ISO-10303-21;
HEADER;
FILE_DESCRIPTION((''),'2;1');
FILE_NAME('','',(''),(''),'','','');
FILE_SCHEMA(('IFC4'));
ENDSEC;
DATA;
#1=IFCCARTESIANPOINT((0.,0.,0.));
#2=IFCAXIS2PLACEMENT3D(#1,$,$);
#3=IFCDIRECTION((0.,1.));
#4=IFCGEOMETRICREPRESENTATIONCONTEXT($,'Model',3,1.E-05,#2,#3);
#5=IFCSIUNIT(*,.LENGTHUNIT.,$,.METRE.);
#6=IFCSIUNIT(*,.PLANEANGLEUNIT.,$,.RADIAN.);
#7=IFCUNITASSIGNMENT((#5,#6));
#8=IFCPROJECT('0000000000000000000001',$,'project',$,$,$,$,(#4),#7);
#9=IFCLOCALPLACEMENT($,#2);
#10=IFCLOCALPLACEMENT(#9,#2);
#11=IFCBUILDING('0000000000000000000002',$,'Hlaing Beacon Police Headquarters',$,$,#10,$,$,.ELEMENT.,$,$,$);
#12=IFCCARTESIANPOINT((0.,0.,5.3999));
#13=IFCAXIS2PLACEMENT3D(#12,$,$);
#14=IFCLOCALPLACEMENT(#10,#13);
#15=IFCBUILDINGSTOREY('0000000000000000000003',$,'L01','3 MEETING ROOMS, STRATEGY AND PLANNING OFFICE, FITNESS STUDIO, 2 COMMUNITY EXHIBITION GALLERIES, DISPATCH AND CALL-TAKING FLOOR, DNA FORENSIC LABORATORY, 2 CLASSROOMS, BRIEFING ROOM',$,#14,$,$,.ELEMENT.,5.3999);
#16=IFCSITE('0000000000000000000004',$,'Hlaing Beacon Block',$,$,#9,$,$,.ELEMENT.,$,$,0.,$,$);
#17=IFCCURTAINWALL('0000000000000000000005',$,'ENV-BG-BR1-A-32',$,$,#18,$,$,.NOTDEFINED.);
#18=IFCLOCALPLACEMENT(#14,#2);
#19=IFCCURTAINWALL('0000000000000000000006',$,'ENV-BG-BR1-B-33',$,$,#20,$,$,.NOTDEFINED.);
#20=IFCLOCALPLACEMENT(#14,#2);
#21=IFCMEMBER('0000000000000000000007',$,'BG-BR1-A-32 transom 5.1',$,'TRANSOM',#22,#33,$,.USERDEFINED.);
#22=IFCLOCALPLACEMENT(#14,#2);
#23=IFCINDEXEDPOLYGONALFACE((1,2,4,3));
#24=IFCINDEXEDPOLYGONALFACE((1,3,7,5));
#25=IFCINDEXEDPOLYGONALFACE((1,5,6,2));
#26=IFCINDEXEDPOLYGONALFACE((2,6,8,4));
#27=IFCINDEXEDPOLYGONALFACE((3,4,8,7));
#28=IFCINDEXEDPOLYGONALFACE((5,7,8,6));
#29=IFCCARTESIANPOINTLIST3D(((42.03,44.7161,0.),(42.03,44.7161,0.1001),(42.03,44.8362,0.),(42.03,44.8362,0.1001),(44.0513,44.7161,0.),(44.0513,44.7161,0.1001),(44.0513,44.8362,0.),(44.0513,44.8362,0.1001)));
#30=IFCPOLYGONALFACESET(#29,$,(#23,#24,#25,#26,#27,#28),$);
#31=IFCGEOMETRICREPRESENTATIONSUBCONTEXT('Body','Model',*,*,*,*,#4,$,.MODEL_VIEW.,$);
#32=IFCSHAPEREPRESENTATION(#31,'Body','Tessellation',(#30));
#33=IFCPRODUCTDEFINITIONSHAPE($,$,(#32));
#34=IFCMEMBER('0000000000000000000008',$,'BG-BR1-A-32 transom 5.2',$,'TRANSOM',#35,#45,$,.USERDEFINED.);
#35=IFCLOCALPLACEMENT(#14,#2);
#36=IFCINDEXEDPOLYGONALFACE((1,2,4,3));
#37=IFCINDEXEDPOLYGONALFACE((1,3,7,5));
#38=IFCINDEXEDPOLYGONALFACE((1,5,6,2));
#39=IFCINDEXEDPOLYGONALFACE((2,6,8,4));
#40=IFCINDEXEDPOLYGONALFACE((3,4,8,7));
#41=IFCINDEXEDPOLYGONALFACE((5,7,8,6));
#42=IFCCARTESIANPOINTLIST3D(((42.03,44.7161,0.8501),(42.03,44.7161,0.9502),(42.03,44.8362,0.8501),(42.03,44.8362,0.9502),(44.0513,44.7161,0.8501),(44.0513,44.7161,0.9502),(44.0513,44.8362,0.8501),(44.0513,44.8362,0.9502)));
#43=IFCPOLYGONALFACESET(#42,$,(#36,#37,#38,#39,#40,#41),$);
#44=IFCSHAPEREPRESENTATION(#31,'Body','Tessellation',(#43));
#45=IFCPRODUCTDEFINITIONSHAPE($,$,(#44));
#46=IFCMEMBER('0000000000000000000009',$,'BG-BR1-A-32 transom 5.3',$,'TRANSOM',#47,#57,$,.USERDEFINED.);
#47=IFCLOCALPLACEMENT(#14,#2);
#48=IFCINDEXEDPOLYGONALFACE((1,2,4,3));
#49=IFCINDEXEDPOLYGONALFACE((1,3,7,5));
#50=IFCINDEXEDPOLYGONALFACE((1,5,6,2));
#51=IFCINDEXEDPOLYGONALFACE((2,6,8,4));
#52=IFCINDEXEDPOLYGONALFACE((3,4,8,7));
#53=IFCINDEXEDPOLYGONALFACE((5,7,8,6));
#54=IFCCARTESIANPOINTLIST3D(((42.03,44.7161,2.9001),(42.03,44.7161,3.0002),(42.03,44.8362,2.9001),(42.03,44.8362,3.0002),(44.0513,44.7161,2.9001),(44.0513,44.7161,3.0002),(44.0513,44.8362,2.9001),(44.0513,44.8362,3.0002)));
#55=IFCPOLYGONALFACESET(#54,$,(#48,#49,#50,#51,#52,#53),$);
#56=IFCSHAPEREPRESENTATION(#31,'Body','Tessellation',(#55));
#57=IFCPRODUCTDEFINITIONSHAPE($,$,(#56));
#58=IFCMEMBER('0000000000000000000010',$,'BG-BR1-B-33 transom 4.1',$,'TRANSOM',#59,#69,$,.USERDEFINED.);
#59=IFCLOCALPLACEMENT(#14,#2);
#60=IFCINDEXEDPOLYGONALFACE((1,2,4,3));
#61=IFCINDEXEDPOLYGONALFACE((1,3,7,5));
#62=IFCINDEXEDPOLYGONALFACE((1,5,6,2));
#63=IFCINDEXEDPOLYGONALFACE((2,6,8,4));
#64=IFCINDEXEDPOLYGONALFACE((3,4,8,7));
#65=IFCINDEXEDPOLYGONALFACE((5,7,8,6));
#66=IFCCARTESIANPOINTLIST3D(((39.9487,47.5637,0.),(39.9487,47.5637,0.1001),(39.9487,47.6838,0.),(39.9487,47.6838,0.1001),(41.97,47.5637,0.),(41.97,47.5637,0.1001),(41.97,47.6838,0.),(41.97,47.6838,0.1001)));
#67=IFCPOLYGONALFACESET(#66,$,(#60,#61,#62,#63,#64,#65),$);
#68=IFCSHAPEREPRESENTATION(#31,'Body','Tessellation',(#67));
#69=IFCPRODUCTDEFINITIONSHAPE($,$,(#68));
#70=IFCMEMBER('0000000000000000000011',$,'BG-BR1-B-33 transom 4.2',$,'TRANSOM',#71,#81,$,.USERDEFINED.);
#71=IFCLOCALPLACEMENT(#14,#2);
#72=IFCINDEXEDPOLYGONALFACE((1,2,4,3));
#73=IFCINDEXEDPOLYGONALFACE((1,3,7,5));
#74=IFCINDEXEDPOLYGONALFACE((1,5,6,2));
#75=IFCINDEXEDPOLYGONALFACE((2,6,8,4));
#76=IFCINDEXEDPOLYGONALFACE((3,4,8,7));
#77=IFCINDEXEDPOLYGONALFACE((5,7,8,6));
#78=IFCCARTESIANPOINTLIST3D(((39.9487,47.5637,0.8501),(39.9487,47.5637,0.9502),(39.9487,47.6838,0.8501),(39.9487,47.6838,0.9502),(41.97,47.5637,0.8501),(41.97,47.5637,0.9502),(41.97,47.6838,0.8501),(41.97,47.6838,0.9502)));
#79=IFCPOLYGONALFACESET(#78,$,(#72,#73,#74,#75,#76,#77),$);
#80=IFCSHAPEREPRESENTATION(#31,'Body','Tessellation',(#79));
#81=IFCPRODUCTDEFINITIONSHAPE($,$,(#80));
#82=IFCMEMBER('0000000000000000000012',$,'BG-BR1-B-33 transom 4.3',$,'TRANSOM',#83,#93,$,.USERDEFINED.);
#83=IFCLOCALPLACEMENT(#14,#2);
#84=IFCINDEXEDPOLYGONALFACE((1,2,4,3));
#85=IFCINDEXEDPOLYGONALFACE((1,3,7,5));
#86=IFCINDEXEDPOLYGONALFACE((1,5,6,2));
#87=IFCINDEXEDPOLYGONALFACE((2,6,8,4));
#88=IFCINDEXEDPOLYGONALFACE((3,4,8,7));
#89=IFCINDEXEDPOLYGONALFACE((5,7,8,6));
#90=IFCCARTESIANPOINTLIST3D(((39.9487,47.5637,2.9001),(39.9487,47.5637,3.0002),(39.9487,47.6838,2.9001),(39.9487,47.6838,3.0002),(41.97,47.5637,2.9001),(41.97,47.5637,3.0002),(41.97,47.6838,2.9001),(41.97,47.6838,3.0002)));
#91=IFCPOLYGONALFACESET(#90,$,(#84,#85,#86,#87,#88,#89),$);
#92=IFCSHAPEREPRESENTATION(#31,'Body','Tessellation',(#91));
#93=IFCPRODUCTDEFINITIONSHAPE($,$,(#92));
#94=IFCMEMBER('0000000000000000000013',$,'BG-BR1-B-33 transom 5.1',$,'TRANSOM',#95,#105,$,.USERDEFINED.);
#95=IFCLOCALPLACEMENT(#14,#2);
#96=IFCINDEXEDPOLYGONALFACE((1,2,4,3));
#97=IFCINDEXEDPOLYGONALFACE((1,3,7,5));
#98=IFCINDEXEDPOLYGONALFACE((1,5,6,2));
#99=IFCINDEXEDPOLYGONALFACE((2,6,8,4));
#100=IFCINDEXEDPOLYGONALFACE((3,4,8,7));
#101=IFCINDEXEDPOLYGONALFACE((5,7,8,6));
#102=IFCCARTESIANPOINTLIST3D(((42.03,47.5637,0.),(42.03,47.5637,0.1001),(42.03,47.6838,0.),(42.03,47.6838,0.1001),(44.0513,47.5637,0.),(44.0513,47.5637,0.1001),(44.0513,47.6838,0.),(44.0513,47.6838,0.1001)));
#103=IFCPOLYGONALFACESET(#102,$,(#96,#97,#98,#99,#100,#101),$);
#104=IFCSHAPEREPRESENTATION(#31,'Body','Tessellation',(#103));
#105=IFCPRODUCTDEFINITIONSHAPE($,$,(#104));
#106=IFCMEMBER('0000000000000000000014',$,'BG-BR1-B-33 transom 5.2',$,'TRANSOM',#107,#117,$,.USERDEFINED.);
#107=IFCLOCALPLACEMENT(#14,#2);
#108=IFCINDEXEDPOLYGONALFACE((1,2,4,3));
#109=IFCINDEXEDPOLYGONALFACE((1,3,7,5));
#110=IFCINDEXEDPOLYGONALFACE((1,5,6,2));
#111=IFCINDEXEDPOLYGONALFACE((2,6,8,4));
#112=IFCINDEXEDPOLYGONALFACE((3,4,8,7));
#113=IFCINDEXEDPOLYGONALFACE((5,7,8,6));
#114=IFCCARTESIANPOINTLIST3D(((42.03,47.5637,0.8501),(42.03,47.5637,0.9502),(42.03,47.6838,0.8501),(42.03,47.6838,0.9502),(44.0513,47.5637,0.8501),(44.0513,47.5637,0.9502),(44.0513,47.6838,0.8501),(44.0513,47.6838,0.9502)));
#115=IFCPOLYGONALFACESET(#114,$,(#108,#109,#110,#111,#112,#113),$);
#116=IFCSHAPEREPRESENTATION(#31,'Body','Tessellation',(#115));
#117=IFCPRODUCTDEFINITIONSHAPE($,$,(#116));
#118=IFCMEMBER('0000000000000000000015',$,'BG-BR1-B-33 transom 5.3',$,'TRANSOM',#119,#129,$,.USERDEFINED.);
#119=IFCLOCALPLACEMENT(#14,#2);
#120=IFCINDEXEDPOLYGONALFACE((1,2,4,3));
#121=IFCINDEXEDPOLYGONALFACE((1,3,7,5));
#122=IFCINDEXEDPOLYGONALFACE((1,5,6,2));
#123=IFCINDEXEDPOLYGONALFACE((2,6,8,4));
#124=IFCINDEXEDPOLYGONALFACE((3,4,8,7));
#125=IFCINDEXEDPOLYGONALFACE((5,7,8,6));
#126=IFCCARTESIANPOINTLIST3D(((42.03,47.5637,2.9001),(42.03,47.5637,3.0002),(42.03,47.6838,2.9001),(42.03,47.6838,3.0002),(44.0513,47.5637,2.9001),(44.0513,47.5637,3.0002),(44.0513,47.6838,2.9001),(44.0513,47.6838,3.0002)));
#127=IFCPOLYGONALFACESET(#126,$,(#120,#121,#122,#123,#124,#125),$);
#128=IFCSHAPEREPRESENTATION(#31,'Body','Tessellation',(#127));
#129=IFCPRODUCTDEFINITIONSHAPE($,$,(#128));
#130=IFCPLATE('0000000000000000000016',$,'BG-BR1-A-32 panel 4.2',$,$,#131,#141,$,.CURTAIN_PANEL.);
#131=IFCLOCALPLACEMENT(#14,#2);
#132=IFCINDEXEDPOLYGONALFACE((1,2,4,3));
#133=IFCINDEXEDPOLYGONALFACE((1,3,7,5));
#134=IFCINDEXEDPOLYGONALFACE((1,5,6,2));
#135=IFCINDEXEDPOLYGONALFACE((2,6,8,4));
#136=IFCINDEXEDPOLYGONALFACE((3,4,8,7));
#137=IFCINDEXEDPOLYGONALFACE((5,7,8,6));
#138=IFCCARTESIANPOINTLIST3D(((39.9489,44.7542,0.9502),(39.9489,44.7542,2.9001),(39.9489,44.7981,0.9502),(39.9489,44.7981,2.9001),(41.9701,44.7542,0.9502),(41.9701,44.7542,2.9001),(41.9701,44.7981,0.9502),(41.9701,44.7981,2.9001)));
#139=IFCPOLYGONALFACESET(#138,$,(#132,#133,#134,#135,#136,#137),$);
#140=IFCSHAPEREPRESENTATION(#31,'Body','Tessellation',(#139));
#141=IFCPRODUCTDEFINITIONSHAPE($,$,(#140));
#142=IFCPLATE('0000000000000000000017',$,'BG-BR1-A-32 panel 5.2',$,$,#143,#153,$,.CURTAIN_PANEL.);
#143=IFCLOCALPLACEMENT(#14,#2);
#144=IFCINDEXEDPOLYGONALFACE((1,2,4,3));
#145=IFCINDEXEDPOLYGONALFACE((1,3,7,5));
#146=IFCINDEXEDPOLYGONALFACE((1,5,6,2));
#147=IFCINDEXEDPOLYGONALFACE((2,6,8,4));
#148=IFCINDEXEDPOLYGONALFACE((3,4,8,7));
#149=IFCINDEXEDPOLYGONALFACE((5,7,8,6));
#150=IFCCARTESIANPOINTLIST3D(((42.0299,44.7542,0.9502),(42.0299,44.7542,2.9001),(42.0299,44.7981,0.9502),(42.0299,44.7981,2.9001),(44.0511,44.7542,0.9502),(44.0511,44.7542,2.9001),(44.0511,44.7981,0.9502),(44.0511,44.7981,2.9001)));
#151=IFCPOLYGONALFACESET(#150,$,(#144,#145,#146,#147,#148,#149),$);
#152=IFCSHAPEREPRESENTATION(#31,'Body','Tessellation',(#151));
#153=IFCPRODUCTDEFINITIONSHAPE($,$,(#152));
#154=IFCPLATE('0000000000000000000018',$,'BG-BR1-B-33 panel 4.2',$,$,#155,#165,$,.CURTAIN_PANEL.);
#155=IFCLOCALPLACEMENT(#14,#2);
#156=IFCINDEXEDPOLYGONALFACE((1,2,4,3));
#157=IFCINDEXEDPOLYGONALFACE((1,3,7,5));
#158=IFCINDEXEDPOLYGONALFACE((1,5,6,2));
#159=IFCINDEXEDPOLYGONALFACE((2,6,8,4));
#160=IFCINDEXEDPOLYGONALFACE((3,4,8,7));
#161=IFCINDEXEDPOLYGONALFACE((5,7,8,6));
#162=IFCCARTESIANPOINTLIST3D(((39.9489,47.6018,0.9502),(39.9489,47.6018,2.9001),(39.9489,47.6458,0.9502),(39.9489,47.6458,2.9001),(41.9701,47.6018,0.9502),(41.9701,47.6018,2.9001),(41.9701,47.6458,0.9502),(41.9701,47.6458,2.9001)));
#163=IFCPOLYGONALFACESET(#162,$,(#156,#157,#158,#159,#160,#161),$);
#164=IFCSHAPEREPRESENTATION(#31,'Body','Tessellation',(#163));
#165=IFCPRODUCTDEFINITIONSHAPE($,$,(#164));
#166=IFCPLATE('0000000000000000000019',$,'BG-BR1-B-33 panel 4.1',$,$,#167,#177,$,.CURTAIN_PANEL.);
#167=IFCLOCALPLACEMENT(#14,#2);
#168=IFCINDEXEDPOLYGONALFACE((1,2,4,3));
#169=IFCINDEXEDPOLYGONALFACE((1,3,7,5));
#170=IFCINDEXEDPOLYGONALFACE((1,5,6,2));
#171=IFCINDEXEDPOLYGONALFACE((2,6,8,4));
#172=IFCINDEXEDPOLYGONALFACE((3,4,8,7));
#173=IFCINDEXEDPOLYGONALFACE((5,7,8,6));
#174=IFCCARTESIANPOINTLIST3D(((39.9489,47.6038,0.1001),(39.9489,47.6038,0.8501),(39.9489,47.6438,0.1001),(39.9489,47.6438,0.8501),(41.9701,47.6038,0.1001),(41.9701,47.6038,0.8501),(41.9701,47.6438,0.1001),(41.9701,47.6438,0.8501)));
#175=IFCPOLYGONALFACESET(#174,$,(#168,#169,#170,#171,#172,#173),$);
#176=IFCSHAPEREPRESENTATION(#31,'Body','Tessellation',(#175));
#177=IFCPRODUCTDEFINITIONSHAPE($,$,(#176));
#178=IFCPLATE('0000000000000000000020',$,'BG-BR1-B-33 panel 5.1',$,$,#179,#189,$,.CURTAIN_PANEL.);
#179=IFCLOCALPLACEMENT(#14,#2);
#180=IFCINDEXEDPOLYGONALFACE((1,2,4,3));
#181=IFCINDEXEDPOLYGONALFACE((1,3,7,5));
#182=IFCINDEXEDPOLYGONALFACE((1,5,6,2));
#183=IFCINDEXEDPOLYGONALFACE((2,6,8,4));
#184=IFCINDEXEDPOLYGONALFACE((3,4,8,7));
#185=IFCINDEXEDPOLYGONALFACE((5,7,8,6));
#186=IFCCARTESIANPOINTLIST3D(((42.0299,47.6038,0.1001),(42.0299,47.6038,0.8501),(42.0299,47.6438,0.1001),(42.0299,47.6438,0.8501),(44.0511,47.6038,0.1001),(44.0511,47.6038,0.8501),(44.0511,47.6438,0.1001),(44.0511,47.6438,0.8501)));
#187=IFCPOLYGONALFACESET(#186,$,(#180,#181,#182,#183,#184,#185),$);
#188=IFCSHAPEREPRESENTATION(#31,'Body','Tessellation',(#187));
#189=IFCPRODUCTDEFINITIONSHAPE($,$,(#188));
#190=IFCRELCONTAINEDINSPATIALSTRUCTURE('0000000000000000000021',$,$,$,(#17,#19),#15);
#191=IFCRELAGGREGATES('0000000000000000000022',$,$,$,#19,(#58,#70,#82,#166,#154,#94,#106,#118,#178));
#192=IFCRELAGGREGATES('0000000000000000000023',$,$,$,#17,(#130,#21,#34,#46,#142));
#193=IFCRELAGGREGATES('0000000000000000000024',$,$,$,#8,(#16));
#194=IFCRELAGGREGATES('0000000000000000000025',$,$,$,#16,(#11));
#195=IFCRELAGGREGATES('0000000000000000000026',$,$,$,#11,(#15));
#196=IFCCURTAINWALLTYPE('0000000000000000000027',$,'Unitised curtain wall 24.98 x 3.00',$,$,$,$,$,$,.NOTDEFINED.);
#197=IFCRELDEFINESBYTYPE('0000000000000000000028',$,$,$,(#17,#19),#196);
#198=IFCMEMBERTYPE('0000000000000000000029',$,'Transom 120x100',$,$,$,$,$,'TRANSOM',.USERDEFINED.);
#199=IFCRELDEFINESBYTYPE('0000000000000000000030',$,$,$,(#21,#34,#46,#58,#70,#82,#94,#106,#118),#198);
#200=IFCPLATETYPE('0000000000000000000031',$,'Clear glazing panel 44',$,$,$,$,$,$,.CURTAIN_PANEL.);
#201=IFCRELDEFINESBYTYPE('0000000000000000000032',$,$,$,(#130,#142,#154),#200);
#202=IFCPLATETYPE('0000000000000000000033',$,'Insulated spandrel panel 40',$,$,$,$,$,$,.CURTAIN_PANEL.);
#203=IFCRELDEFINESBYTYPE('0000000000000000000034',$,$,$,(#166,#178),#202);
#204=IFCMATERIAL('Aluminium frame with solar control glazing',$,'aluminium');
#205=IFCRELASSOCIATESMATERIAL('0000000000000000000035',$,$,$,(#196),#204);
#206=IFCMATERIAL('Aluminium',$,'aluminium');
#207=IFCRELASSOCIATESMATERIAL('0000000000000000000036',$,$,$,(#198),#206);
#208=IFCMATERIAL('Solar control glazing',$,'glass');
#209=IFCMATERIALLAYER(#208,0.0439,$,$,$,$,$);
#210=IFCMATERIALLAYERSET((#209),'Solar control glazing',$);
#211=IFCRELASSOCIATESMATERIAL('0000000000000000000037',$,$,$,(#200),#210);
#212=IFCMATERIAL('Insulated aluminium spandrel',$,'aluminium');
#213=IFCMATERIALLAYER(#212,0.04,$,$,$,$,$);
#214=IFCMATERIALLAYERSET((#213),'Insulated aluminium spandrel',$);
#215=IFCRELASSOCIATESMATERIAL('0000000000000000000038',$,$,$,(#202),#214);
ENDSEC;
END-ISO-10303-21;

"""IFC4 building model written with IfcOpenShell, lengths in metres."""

from ifc_helpers import new_model, si_unit, direction, frame, origin, origin_2d, place, context, subcontext, project, spatial, rectangle, extrude, material, layer, layer_set, material_profile, profile_set, type_object, element, aggregate, save


model = new_model("IFC4")

# Units and contexts
model_context = context("Model", 3, precision=1e-05, world=origin(), true_north=direction((0.0, 1.0)))
body_context = subcontext(model_context, "Body", "Model", "MODEL_VIEW")
ifc_project = project(units=[si_unit("LENGTHUNIT", "METRE"), si_unit("PLANEANGLEUNIT", "RADIAN")], contexts=[model_context])

# Site, building, storey
site_placement = place(None, origin())
site = spatial("IfcSite", under=ifc_project, at=site_placement, Name="Hlaing Beacon Block", CompositionType="ELEMENT", RefElevation=0.0)
building_placement = place(site_placement, origin())
building = spatial("IfcBuilding", under=site, at=building_placement, Name="Hlaing Beacon Police Headquarters", CompositionType="ELEMENT")
storey_placement = place(building_placement, frame((0.0, 0.0, 5.3999)))
storey = spatial("IfcBuildingStorey", under=building, at=storey_placement, Name="L01", Description="3 MEETING ROOMS, STRATEGY AND PLANNING OFFICE, FITNESS STUDIO, 2 COMMUNITY EXHIBITION GALLERIES, DISPATCH AND CALL-TAKING FLOOR, DNA FORENSIC LABORATORY, 2 CLASSROOMS, BRIEFING ROOM", CompositionType="ELEMENT", Elevation=5.3999)

# Curtain walls
ifc_material_1 = material(Name="Aluminium frame with solar control glazing", Category="aluminium")
curtain_wall_type = type_object("IfcCurtainWallType", Name="Unitised curtain wall 24.98 x 3.00", PredefinedType="NOTDEFINED", material=ifc_material_1)
curtain_wall_1_placement = place(storey_placement, origin())
curtain_wall_1 = element("IfcCurtainWall", 1, at=curtain_wall_1_placement, inside=storey, type_object=curtain_wall_type, Name="ENV-BG-BR1-A-32", PredefinedType="NOTDEFINED")
curtain_wall_2_placement = place(storey_placement, origin())
curtain_wall_2 = element("IfcCurtainWall", 2, at=curtain_wall_2_placement, inside=storey, type_object=curtain_wall_type, Name="ENV-BG-BR1-B-33", PredefinedType="NOTDEFINED")

# Members
ifc_material_2 = material(Name="Aluminium", Category="aluminium")
ifc_material_profile_1 = material_profile(ifc_material_2, rectangle(XDim=0.1201, YDim=0.1001, at=origin_2d()), Name="Transom 120x100")
ifc_profile_set_1 = profile_set([ifc_material_profile_1], Name="Aluminium")
member_type_1 = type_object("IfcMemberType", Name="Transom 120x100", ElementType="TRANSOM", PredefinedType="USERDEFINED", material=ifc_profile_set_1)
member_1_placement = place(storey_placement, frame((42.03, 44.7761, 0.05), z_axis=(1.0, 0.0, 0.0), x_axis=(0.0, 1.0, 0.0)))
member_1 = element("IfcMember", 3, at=member_1_placement, type_object=member_type_1, Name="BG-BR1-A-32 transom 5.1", ObjectType="TRANSOM", PredefinedType="USERDEFINED", context=body_context, shape_type="SweptSolid", body=[
    extrude(rectangle(XDim=0.1201, YDim=0.1001, at=origin_2d()), origin(), (0.0, 0.0, 1.0), 2.0212),
])
member_2_placement = place(storey_placement, frame((42.03, 44.7761, 0.9001), z_axis=(1.0, 0.0, 0.0), x_axis=(0.0, 1.0, 0.0)))
member_2 = element("IfcMember", 4, at=member_2_placement, type_object=member_type_1, Name="BG-BR1-A-32 transom 5.2", ObjectType="TRANSOM", PredefinedType="USERDEFINED", context=body_context, shape_type="SweptSolid", body=[
    extrude(rectangle(XDim=0.1201, YDim=0.1001, at=origin_2d()), origin(), (0.0, 0.0, 1.0), 2.0212),
])
member_3_placement = place(storey_placement, frame((42.03, 44.7761, 2.9502), z_axis=(1.0, 0.0, 0.0), x_axis=(0.0, 1.0, 0.0)))
member_3 = element("IfcMember", 5, at=member_3_placement, type_object=member_type_1, Name="BG-BR1-A-32 transom 5.3", ObjectType="TRANSOM", PredefinedType="USERDEFINED", context=body_context, shape_type="SweptSolid", body=[
    extrude(rectangle(XDim=0.1201, YDim=0.1001, at=origin_2d()), origin(), (0.0, 0.0, 1.0), 2.0212),
])
member_4_placement = place(storey_placement, frame((39.9487, 47.6238, 0.05), z_axis=(1.0, 0.0, 0.0), x_axis=(0.0, 1.0, 0.0)))
member_4 = element("IfcMember", 6, at=member_4_placement, type_object=member_type_1, Name="BG-BR1-B-33 transom 4.1", ObjectType="TRANSOM", PredefinedType="USERDEFINED", context=body_context, shape_type="SweptSolid", body=[
    extrude(rectangle(XDim=0.1201, YDim=0.1001, at=origin_2d()), origin(), (0.0, 0.0, 1.0), 2.0212),
])
member_5_placement = place(storey_placement, frame((39.9487, 47.6238, 0.9001), z_axis=(1.0, 0.0, 0.0), x_axis=(0.0, 1.0, 0.0)))
member_5 = element("IfcMember", 7, at=member_5_placement, type_object=member_type_1, Name="BG-BR1-B-33 transom 4.2", ObjectType="TRANSOM", PredefinedType="USERDEFINED", context=body_context, shape_type="SweptSolid", body=[
    extrude(rectangle(XDim=0.1201, YDim=0.1001, at=origin_2d()), origin(), (0.0, 0.0, 1.0), 2.0212),
])
member_6_placement = place(storey_placement, frame((39.9487, 47.6238, 2.9502), z_axis=(1.0, 0.0, 0.0), x_axis=(0.0, 1.0, 0.0)))
member_6 = element("IfcMember", 8, at=member_6_placement, type_object=member_type_1, Name="BG-BR1-B-33 transom 4.3", ObjectType="TRANSOM", PredefinedType="USERDEFINED", context=body_context, shape_type="SweptSolid", body=[
    extrude(rectangle(XDim=0.1201, YDim=0.1001, at=origin_2d()), origin(), (0.0, 0.0, 1.0), 2.0212),
])
member_7_placement = place(storey_placement, frame((42.03, 47.6238, 0.05), z_axis=(1.0, 0.0, 0.0), x_axis=(0.0, 1.0, 0.0)))
member_7 = element("IfcMember", 9, at=member_7_placement, type_object=member_type_1, Name="BG-BR1-B-33 transom 5.1", ObjectType="TRANSOM", PredefinedType="USERDEFINED", context=body_context, shape_type="SweptSolid", body=[
    extrude(rectangle(XDim=0.1201, YDim=0.1001, at=origin_2d()), origin(), (0.0, 0.0, 1.0), 2.0212),
])
member_8_placement = place(storey_placement, frame((42.03, 47.6238, 0.9001), z_axis=(1.0, 0.0, 0.0), x_axis=(0.0, 1.0, 0.0)))
member_8 = element("IfcMember", 10, at=member_8_placement, type_object=member_type_1, Name="BG-BR1-B-33 transom 5.2", ObjectType="TRANSOM", PredefinedType="USERDEFINED", context=body_context, shape_type="SweptSolid", body=[
    extrude(rectangle(XDim=0.1201, YDim=0.1001, at=origin_2d()), origin(), (0.0, 0.0, 1.0), 2.0212),
])
member_9_placement = place(storey_placement, frame((42.03, 47.6238, 2.9502), z_axis=(1.0, 0.0, 0.0), x_axis=(0.0, 1.0, 0.0)))
member_9 = element("IfcMember", 11, at=member_9_placement, type_object=member_type_1, Name="BG-BR1-B-33 transom 5.3", ObjectType="TRANSOM", PredefinedType="USERDEFINED", context=body_context, shape_type="SweptSolid", body=[
    extrude(rectangle(XDim=0.1201, YDim=0.1001, at=origin_2d()), origin(), (0.0, 0.0, 1.0), 2.0212),
])

# Plates
ifc_material_3 = material(Name="Solar control glazing", Category="glass")
ifc_layer_1 = layer(ifc_material_3, 0.0439)
ifc_layer_set_1 = layer_set([ifc_layer_1], Name="Solar control glazing")
plate_type_1 = type_object("IfcPlateType", Name="Clear glazing panel 44", PredefinedType="CURTAIN_PANEL", material=ifc_layer_set_1)
plate_1_placement = place(storey_placement, frame((40.9595, 44.7761, 0.9502), z_axis=(0.0, 0.0, 1.0), x_axis=(1.0, 0.0, 0.0)))
plate_1 = element("IfcPlate", 12, at=plate_1_placement, type_object=plate_type_1, Name="BG-BR1-A-32 panel 4.2", PredefinedType="CURTAIN_PANEL", context=body_context, shape_type="SweptSolid", body=[
    extrude(rectangle(XDim=2.0212, YDim=0.0439, at=origin_2d()), origin(), (0.0, 0.0, 1.0), 1.95),
])
plate_2_placement = place(storey_placement, frame((43.0405, 44.7761, 0.9502), z_axis=(0.0, 0.0, 1.0), x_axis=(1.0, 0.0, 0.0)))
plate_2 = element("IfcPlate", 13, at=plate_2_placement, type_object=plate_type_1, Name="BG-BR1-A-32 panel 5.2", PredefinedType="CURTAIN_PANEL", context=body_context, shape_type="SweptSolid", body=[
    extrude(rectangle(XDim=2.0212, YDim=0.0439, at=origin_2d()), origin(), (0.0, 0.0, 1.0), 1.95),
])
plate_3_placement = place(storey_placement, frame((40.9595, 47.6238, 0.9502), z_axis=(0.0, 0.0, 1.0), x_axis=(1.0, 0.0, 0.0)))
plate_3 = element("IfcPlate", 14, at=plate_3_placement, type_object=plate_type_1, Name="BG-BR1-B-33 panel 4.2", PredefinedType="CURTAIN_PANEL", context=body_context, shape_type="SweptSolid", body=[
    extrude(rectangle(XDim=2.0212, YDim=0.0439, at=origin_2d()), origin(), (0.0, 0.0, 1.0), 1.95),
])
ifc_material_4 = material(Name="Insulated aluminium spandrel", Category="aluminium")
ifc_layer_2 = layer(ifc_material_4, 0.04)
ifc_layer_set_2 = layer_set([ifc_layer_2], Name="Insulated aluminium spandrel")
plate_type_2 = type_object("IfcPlateType", Name="Insulated spandrel panel 40", PredefinedType="CURTAIN_PANEL", material=ifc_layer_set_2)
plate_4_placement = place(storey_placement, frame((40.9595, 47.6238, 0.1001), z_axis=(0.0, 0.0, 1.0), x_axis=(1.0, 0.0, 0.0)))
plate_4 = element("IfcPlate", 15, at=plate_4_placement, type_object=plate_type_2, Name="BG-BR1-B-33 panel 4.1", PredefinedType="CURTAIN_PANEL", context=body_context, shape_type="SweptSolid", body=[
    extrude(rectangle(XDim=2.0212, YDim=0.04, at=origin_2d()), origin(), (0.0, 0.0, 1.0), 0.75),
])
plate_5_placement = place(storey_placement, frame((43.0405, 47.6238, 0.1001), z_axis=(0.0, 0.0, 1.0), x_axis=(1.0, 0.0, 0.0)))
plate_5 = element("IfcPlate", 16, at=plate_5_placement, type_object=plate_type_2, Name="BG-BR1-B-33 panel 5.1", PredefinedType="CURTAIN_PANEL", context=body_context, shape_type="SweptSolid", body=[
    extrude(rectangle(XDim=2.0212, YDim=0.04, at=origin_2d()), origin(), (0.0, 0.0, 1.0), 0.75),
])
aggregate(curtain_wall_2, [member_4, member_5, member_6, plate_4, plate_3, member_7, member_8, member_9, plate_5])
aggregate(curtain_wall_1, [plate_1, member_1, member_2, member_3, plate_2])

save(model, "model.ifc")
